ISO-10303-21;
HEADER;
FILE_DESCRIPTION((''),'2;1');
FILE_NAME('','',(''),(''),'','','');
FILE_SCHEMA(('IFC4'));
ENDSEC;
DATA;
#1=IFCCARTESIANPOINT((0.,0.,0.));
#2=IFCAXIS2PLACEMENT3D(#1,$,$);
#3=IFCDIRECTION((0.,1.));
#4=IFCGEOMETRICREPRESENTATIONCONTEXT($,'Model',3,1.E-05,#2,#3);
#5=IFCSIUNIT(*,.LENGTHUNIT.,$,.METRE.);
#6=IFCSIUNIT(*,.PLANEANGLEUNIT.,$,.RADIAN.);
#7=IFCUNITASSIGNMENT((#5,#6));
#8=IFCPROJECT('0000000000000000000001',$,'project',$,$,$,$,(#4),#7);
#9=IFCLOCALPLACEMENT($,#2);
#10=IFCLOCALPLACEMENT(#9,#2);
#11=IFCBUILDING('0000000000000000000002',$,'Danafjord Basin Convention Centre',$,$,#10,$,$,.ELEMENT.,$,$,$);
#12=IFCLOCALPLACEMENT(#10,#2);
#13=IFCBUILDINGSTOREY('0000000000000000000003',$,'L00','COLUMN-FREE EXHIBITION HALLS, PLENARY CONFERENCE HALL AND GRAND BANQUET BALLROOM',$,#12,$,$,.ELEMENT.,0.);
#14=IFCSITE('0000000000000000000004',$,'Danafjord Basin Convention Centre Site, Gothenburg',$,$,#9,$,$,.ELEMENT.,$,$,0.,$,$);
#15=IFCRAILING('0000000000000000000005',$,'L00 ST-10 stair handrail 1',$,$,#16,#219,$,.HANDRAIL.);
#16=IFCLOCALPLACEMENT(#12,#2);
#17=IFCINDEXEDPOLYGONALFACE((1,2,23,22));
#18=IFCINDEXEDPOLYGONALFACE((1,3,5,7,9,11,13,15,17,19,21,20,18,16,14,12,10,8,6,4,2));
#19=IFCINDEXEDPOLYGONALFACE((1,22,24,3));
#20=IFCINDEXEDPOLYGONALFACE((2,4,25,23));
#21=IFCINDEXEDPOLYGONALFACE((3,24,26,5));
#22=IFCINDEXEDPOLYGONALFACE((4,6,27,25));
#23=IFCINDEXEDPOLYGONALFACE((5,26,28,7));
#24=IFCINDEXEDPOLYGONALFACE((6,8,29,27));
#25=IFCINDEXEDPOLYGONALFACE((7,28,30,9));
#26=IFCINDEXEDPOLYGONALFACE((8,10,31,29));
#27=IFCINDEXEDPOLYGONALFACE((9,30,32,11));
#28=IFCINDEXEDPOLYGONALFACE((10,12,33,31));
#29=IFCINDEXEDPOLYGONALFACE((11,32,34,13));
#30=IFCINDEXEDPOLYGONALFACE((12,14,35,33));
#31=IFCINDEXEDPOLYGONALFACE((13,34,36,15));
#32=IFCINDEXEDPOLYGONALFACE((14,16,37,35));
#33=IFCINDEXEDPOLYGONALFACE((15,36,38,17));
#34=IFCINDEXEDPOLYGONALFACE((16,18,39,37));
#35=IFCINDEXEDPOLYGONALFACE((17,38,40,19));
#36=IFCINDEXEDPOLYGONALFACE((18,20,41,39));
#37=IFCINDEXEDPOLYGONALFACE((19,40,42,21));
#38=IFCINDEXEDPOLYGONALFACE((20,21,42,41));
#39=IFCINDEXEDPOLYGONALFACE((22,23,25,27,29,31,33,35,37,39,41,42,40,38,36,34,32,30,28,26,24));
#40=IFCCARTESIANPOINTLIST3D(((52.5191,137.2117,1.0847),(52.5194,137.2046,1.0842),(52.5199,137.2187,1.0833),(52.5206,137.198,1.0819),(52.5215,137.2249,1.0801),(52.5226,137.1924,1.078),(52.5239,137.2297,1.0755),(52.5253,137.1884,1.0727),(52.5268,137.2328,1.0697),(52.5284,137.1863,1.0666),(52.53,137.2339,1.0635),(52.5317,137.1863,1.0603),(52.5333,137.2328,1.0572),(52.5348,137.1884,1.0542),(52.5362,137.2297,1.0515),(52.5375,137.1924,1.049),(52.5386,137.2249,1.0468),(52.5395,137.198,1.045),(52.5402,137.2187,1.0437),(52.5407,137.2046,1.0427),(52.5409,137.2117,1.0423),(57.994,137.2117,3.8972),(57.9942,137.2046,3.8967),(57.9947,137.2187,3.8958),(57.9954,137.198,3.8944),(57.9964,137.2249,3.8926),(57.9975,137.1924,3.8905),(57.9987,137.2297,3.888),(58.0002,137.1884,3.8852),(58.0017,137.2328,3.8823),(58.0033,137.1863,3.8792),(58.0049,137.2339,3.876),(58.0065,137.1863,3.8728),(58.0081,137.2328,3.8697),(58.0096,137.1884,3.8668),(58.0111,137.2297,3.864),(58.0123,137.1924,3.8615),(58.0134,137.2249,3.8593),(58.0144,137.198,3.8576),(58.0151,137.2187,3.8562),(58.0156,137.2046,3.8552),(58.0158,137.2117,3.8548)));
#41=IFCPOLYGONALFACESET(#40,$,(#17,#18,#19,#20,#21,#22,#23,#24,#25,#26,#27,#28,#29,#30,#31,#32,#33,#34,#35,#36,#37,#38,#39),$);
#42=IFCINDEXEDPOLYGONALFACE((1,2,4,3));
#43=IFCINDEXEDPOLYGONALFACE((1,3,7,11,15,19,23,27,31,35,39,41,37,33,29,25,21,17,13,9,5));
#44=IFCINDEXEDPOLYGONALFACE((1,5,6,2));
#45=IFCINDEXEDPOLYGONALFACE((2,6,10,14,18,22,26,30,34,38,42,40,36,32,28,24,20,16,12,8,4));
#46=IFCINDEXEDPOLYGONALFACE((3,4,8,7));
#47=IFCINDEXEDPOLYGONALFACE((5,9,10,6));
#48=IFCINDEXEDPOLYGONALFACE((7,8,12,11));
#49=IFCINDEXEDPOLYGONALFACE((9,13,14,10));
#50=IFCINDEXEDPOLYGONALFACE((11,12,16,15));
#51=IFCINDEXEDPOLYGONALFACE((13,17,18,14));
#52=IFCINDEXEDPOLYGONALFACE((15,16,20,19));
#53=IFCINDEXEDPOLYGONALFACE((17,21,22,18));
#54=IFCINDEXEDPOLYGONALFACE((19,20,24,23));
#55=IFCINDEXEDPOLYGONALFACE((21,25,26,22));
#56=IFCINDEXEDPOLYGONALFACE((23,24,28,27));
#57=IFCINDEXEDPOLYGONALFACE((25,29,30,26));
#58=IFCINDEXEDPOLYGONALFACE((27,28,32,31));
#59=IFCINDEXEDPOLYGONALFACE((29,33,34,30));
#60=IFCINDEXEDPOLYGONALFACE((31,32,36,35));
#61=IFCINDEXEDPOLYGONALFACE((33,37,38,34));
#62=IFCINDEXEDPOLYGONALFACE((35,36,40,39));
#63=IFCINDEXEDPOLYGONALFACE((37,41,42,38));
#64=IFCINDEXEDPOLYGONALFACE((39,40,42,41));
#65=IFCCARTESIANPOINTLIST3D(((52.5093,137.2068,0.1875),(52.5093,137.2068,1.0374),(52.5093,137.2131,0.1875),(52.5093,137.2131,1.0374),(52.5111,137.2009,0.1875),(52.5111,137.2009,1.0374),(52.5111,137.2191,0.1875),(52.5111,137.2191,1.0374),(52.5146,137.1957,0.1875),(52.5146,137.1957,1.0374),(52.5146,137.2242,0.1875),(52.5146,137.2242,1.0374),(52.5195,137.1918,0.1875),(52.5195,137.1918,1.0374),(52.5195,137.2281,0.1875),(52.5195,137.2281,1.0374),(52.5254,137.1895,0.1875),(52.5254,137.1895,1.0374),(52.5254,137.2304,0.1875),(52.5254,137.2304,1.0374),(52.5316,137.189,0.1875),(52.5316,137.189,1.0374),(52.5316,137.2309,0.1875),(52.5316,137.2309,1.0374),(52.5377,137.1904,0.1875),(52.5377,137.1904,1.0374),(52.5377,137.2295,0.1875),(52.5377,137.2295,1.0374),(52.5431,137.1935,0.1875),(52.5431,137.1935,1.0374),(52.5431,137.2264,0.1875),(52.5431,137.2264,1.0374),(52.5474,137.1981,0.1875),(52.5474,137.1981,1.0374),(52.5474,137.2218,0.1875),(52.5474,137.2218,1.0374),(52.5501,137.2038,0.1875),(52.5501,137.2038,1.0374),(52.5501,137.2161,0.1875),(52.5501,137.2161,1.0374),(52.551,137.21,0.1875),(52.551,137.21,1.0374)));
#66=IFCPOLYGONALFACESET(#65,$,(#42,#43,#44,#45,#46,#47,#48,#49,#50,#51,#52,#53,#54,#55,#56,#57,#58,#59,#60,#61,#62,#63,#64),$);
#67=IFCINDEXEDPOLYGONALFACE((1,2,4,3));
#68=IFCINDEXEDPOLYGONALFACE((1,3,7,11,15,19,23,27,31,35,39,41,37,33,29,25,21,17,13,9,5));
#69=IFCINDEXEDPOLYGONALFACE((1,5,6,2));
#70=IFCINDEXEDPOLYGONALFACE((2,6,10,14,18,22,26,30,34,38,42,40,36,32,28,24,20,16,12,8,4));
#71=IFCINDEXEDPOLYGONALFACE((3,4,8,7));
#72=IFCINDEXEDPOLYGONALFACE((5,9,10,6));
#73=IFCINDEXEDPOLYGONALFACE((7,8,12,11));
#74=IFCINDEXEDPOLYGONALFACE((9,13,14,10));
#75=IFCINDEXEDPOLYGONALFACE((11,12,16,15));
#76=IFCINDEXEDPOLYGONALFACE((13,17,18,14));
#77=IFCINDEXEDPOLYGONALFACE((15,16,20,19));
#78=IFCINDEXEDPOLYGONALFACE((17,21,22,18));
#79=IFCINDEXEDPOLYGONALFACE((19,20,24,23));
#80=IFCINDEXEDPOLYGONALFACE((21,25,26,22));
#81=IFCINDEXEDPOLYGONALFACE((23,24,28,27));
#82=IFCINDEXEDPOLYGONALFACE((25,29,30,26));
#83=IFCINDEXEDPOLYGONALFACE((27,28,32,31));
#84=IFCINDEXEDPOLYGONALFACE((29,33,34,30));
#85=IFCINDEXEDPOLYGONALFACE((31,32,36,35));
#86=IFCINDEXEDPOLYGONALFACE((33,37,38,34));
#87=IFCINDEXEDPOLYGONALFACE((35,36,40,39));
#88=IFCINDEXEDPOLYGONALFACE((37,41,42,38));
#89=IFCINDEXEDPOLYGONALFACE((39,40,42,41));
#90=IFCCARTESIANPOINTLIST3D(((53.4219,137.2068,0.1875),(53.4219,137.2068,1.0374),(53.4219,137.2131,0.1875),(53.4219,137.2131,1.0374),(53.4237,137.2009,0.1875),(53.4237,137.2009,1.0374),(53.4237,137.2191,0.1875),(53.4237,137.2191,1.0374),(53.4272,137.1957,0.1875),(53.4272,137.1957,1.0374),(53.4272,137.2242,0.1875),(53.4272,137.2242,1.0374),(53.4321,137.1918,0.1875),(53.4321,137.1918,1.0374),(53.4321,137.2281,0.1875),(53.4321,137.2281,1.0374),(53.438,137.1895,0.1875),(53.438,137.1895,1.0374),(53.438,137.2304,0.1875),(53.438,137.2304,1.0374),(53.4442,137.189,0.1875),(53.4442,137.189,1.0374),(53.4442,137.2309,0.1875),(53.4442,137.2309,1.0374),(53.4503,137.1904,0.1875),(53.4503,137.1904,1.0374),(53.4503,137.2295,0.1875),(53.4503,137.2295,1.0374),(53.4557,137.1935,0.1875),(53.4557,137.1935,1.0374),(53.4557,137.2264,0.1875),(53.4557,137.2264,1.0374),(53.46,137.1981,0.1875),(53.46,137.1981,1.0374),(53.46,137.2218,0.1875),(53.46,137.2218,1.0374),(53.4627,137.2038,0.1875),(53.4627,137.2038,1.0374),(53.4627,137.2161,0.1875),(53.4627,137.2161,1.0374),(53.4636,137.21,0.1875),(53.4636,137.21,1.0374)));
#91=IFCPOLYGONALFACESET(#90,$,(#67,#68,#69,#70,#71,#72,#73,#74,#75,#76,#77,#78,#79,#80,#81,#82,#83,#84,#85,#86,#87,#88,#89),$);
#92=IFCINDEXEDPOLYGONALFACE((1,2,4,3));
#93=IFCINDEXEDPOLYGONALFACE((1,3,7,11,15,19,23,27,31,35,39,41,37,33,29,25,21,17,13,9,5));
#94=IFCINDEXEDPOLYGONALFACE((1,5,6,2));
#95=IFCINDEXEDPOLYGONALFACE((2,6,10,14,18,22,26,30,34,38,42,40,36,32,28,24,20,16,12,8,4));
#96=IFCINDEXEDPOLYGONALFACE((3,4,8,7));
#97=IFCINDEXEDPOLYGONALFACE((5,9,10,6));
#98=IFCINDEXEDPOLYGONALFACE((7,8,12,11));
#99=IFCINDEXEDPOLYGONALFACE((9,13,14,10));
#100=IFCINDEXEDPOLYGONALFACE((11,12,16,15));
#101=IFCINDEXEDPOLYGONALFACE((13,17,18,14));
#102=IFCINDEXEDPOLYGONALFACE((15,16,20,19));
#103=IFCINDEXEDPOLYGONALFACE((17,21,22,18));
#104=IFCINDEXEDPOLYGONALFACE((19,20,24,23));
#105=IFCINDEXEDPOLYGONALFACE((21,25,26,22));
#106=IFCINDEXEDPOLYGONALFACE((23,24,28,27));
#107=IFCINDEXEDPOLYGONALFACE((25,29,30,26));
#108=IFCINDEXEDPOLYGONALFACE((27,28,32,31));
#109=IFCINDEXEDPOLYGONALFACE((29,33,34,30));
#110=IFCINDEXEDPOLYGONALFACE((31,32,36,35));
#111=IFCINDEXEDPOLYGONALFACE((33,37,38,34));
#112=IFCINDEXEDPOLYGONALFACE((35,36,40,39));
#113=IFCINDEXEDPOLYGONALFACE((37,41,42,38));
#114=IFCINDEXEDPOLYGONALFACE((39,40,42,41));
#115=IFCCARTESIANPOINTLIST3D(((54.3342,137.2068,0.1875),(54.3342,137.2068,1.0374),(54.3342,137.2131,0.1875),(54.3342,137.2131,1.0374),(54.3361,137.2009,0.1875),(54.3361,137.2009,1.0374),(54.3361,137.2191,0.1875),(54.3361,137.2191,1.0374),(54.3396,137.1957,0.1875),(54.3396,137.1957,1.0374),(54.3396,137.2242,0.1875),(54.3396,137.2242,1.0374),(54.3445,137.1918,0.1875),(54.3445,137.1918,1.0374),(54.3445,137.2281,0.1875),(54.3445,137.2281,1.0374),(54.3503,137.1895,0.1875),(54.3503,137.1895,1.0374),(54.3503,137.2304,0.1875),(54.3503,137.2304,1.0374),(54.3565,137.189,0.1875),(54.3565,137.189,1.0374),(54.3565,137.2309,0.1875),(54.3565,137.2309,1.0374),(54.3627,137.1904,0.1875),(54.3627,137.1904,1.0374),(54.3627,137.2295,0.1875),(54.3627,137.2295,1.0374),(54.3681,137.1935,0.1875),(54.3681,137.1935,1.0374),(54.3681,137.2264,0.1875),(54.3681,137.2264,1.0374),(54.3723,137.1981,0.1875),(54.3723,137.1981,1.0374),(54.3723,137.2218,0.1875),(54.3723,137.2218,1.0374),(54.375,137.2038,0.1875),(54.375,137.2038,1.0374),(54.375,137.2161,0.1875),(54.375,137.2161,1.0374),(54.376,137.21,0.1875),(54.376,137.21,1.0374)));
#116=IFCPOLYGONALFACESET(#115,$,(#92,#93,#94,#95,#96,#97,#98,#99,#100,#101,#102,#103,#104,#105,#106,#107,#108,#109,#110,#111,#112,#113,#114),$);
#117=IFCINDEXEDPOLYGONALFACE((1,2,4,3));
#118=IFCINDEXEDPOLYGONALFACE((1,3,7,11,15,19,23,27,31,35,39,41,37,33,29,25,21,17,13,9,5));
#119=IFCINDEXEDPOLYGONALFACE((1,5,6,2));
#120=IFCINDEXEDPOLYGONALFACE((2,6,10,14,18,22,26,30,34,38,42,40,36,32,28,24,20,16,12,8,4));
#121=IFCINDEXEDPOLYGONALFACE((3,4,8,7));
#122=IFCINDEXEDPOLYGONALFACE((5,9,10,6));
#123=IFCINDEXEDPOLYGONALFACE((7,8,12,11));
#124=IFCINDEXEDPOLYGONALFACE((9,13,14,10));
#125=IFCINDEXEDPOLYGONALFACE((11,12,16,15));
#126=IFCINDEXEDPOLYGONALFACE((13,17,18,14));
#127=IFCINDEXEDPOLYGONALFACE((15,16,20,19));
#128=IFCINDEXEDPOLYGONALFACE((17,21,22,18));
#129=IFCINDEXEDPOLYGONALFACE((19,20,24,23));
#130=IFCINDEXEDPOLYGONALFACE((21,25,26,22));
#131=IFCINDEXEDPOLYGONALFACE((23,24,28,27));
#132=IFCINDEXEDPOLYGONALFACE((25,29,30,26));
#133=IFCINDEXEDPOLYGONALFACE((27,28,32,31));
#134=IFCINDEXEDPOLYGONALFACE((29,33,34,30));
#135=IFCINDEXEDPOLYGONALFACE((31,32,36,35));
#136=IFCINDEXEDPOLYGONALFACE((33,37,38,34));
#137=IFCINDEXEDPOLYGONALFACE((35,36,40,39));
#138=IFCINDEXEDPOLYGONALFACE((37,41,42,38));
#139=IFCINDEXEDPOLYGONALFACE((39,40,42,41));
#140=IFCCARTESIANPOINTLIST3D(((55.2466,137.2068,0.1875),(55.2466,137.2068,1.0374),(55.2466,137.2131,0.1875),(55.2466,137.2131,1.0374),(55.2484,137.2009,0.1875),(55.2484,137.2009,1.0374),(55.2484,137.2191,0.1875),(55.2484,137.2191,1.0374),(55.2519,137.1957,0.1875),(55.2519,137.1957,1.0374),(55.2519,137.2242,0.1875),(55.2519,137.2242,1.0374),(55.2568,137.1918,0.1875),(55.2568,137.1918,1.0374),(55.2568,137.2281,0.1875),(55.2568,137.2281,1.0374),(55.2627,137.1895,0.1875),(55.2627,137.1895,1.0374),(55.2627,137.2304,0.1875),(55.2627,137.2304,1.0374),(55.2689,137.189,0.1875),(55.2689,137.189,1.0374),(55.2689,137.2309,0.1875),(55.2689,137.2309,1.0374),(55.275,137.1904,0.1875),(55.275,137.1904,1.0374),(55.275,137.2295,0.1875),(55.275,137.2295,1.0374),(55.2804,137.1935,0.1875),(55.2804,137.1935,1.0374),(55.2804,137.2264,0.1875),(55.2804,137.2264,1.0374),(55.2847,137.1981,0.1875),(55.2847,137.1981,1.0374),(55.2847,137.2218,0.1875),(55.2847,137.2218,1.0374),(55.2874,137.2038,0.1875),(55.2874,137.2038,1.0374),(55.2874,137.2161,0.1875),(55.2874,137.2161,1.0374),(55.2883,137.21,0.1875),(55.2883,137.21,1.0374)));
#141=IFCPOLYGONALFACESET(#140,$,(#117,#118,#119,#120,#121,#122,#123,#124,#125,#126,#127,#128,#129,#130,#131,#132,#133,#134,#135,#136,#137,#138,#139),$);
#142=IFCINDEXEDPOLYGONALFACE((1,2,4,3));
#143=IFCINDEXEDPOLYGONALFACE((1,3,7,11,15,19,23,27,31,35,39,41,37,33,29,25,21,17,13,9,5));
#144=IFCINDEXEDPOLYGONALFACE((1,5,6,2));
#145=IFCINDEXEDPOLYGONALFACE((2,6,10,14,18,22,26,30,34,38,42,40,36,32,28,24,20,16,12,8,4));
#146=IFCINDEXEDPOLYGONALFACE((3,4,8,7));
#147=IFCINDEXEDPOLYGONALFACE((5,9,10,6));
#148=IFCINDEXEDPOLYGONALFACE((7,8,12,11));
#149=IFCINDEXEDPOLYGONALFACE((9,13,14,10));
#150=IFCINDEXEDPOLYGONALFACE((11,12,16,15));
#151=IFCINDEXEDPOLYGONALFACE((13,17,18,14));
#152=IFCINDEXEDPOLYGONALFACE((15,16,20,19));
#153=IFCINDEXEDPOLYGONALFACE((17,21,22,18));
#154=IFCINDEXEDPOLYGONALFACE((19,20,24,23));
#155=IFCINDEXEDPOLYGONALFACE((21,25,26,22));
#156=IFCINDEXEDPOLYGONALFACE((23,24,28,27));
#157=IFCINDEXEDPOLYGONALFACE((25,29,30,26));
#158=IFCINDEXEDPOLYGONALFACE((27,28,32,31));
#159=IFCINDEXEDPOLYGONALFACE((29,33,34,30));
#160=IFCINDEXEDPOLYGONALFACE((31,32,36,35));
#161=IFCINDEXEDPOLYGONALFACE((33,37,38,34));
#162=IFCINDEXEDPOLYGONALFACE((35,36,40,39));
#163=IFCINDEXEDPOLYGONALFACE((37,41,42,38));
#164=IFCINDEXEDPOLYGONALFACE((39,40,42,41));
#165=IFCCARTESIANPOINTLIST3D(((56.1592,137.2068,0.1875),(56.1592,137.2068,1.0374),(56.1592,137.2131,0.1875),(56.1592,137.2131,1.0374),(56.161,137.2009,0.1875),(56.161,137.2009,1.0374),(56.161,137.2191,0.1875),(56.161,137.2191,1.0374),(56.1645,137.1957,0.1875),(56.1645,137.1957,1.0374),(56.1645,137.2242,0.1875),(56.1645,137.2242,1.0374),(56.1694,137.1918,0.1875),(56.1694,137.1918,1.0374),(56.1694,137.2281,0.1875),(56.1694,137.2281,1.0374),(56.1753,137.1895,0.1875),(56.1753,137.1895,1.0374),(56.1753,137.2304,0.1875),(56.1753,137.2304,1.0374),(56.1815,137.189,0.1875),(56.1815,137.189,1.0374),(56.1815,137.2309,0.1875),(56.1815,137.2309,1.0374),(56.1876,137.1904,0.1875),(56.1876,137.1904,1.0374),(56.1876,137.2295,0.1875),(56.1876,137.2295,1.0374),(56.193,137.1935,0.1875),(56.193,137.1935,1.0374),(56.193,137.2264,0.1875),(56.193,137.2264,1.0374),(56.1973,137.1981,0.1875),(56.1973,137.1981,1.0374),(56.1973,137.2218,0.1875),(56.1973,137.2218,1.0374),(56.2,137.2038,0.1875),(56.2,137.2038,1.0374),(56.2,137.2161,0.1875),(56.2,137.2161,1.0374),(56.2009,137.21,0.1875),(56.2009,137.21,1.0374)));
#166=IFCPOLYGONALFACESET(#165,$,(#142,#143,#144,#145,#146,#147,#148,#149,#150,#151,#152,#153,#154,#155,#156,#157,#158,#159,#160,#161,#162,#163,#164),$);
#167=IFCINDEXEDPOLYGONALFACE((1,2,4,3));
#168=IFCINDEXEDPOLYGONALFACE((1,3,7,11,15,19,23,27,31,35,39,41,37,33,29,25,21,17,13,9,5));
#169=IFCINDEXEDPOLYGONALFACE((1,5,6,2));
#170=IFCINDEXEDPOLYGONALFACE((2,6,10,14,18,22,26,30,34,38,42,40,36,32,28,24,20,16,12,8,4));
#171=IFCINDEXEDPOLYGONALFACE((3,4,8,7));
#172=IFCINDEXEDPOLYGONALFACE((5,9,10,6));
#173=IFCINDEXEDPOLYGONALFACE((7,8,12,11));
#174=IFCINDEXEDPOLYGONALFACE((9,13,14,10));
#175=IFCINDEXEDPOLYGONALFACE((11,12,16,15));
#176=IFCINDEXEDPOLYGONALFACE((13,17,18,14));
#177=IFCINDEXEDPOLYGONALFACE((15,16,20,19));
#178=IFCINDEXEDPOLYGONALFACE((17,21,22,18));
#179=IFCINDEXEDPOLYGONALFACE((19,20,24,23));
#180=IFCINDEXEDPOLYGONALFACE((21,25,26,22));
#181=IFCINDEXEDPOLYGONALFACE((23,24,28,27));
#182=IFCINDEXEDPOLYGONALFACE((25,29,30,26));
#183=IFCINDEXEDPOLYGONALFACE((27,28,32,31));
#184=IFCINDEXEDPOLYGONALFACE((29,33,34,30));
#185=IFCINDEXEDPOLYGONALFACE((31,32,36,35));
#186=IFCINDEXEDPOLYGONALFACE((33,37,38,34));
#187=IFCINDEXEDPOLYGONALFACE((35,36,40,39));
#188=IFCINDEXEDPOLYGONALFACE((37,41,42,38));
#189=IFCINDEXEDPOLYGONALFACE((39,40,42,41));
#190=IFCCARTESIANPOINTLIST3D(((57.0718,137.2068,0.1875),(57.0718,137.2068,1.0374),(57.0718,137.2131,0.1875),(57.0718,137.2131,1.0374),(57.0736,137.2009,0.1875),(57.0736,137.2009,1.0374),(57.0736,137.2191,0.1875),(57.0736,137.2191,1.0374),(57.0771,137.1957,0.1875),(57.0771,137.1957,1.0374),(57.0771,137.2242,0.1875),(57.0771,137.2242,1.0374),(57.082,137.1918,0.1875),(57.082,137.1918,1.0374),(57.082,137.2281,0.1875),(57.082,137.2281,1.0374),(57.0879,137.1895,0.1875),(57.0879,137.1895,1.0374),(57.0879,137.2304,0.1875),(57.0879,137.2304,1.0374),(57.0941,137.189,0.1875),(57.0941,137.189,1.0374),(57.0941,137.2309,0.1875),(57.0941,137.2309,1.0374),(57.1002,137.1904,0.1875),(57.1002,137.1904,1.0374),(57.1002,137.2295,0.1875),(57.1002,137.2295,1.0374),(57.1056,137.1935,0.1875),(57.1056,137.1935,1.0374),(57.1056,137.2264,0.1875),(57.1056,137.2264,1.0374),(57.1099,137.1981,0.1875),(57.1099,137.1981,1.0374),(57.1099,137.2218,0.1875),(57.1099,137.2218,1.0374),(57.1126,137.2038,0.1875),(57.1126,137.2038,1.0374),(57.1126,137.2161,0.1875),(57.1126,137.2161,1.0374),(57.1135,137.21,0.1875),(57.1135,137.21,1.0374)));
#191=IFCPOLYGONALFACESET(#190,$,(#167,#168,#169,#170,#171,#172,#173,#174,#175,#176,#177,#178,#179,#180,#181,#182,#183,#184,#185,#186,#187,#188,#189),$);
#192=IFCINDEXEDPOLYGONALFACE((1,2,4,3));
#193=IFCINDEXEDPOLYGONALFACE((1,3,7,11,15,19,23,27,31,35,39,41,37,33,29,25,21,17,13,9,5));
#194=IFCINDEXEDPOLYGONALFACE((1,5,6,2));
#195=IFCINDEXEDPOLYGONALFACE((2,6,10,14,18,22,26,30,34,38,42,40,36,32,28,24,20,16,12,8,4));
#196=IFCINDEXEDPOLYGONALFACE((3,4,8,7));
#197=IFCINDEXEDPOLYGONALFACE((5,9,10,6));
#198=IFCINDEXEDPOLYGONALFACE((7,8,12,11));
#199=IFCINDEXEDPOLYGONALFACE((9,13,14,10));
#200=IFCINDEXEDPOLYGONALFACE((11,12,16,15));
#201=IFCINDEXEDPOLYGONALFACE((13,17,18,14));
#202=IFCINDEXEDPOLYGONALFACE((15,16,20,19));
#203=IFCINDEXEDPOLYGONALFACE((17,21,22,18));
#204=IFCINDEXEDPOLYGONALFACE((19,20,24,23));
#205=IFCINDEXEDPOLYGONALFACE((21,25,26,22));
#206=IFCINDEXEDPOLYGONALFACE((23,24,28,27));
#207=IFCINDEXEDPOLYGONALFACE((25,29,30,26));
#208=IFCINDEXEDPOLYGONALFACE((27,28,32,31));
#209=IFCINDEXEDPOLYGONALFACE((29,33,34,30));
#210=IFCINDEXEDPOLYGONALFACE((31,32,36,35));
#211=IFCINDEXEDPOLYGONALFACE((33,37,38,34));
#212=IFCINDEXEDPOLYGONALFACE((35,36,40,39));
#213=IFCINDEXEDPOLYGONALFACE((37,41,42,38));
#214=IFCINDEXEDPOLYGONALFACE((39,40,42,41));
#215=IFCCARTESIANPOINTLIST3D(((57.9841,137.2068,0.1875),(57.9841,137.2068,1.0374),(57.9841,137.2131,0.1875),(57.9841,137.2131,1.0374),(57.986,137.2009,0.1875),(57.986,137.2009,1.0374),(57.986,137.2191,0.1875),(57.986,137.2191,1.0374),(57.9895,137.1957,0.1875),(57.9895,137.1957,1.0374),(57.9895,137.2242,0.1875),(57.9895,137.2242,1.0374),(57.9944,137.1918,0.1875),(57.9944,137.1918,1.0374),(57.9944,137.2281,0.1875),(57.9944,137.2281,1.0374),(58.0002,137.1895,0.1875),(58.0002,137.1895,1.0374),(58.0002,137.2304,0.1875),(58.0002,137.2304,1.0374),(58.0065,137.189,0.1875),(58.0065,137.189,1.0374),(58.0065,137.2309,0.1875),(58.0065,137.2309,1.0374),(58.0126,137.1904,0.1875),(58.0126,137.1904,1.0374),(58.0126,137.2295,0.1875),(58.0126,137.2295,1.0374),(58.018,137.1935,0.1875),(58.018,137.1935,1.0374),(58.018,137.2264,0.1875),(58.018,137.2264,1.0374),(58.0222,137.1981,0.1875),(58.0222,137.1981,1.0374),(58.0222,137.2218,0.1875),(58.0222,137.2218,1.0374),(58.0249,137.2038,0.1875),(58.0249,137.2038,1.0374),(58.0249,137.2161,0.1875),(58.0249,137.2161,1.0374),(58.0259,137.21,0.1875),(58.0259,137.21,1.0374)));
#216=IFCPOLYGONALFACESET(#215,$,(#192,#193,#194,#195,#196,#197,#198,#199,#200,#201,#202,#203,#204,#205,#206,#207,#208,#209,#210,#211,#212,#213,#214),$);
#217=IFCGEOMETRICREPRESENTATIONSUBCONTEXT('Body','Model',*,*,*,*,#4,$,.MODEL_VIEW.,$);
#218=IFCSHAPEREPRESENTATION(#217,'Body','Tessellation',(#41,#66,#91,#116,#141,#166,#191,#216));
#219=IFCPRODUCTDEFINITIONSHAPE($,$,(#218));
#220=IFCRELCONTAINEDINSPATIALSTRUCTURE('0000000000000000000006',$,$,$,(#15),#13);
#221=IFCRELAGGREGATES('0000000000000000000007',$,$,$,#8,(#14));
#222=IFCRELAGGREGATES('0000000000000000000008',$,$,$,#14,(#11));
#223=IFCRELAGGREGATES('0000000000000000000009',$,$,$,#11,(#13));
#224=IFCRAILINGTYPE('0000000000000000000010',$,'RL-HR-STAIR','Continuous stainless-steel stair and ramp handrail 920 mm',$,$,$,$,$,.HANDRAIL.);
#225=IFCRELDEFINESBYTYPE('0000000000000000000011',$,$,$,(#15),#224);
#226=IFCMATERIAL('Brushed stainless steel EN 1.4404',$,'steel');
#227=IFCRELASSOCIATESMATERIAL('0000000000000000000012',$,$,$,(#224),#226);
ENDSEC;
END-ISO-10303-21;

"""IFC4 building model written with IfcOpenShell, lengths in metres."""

from ifc_helpers import new_model, si_unit, direction, frame, origin, origin_2d, place, context, subcontext, project, spatial, circle, extrude, material, type_object, element, save


model = new_model("IFC4")

# Units and contexts
model_context = context("Model", 3, precision=1e-05, world=origin(), true_north=direction((0.0, 1.0)))
body_context = subcontext(model_context, "Body", "Model", "MODEL_VIEW")
ifc_project = project(units=[si_unit("LENGTHUNIT", "METRE"), si_unit("PLANEANGLEUNIT", "RADIAN")], contexts=[model_context])

# Site, building, storey
site_placement = place(None, origin())
site = spatial("IfcSite", under=ifc_project, at=site_placement, Name="Danafjord Basin Convention Centre Site, Gothenburg", CompositionType="ELEMENT", RefElevation=0.0)
building_placement = place(site_placement, origin())
building = spatial("IfcBuilding", under=site, at=building_placement, Name="Danafjord Basin Convention Centre", CompositionType="ELEMENT")
storey_placement = place(building_placement, origin())
storey = spatial("IfcBuildingStorey", under=building, at=storey_placement, Name="L00", Description="COLUMN-FREE EXHIBITION HALLS, PLENARY CONFERENCE HALL AND GRAND BANQUET BALLROOM", CompositionType="ELEMENT", Elevation=0.0)

# Railing
ifc_material_1 = material(Name="Brushed stainless steel EN 1.4404", Category="steel")
railing_type_1 = type_object("IfcRailingType", Name="RL-HR-STAIR", Description="Continuous stainless-steel stair and ramp handrail 920 mm", PredefinedType="HANDRAIL", material=ifc_material_1)
railing_1_placement = place(storey_placement, frame((52.53, 137.21, 0.1875)))
element("IfcRailing", 1, at=railing_1_placement, inside=storey, type_object=railing_type_1, Name="L00 ST-10 stair handrail 1", PredefinedType="HANDRAIL", context=body_context, shape_type="SweptSolid", body=[
    extrude(circle(Radius=0.0239, at=origin_2d()), frame((0.0, 0.0, 0.876), z_axis=(0.889495, 0.0, 0.456945), x_axis=(0.0, 1.0, 0.0)), (0.0, 0.0, 1.0), 6.155),
    extrude(circle(Radius=0.021, at=origin_2d()), origin(), (0.0, 0.0, 1.0), 0.8499),
    extrude(circle(Radius=0.021, at=origin_2d()), frame((0.9126, 0.0, 0.0)), (0.0, 0.0, 1.0), 0.8499),
    extrude(circle(Radius=0.021, at=origin_2d()), frame((1.825, 0.0, 0.0)), (0.0, 0.0, 1.0), 0.8499),
    extrude(circle(Radius=0.021, at=origin_2d()), frame((2.7373, 0.0, 0.0)), (0.0, 0.0, 1.0), 0.8499),
    extrude(circle(Radius=0.021, at=origin_2d()), frame((3.6499, 0.0, 0.0)), (0.0, 0.0, 1.0), 0.8499),
    extrude(circle(Radius=0.021, at=origin_2d()), frame((4.5625, 0.0, 0.0)), (0.0, 0.0, 1.0), 0.8499),
    extrude(circle(Radius=0.021, at=origin_2d()), frame((5.4749, 0.0, 0.0)), (0.0, 0.0, 1.0), 0.8499),
])

save(model, "model.ifc")
